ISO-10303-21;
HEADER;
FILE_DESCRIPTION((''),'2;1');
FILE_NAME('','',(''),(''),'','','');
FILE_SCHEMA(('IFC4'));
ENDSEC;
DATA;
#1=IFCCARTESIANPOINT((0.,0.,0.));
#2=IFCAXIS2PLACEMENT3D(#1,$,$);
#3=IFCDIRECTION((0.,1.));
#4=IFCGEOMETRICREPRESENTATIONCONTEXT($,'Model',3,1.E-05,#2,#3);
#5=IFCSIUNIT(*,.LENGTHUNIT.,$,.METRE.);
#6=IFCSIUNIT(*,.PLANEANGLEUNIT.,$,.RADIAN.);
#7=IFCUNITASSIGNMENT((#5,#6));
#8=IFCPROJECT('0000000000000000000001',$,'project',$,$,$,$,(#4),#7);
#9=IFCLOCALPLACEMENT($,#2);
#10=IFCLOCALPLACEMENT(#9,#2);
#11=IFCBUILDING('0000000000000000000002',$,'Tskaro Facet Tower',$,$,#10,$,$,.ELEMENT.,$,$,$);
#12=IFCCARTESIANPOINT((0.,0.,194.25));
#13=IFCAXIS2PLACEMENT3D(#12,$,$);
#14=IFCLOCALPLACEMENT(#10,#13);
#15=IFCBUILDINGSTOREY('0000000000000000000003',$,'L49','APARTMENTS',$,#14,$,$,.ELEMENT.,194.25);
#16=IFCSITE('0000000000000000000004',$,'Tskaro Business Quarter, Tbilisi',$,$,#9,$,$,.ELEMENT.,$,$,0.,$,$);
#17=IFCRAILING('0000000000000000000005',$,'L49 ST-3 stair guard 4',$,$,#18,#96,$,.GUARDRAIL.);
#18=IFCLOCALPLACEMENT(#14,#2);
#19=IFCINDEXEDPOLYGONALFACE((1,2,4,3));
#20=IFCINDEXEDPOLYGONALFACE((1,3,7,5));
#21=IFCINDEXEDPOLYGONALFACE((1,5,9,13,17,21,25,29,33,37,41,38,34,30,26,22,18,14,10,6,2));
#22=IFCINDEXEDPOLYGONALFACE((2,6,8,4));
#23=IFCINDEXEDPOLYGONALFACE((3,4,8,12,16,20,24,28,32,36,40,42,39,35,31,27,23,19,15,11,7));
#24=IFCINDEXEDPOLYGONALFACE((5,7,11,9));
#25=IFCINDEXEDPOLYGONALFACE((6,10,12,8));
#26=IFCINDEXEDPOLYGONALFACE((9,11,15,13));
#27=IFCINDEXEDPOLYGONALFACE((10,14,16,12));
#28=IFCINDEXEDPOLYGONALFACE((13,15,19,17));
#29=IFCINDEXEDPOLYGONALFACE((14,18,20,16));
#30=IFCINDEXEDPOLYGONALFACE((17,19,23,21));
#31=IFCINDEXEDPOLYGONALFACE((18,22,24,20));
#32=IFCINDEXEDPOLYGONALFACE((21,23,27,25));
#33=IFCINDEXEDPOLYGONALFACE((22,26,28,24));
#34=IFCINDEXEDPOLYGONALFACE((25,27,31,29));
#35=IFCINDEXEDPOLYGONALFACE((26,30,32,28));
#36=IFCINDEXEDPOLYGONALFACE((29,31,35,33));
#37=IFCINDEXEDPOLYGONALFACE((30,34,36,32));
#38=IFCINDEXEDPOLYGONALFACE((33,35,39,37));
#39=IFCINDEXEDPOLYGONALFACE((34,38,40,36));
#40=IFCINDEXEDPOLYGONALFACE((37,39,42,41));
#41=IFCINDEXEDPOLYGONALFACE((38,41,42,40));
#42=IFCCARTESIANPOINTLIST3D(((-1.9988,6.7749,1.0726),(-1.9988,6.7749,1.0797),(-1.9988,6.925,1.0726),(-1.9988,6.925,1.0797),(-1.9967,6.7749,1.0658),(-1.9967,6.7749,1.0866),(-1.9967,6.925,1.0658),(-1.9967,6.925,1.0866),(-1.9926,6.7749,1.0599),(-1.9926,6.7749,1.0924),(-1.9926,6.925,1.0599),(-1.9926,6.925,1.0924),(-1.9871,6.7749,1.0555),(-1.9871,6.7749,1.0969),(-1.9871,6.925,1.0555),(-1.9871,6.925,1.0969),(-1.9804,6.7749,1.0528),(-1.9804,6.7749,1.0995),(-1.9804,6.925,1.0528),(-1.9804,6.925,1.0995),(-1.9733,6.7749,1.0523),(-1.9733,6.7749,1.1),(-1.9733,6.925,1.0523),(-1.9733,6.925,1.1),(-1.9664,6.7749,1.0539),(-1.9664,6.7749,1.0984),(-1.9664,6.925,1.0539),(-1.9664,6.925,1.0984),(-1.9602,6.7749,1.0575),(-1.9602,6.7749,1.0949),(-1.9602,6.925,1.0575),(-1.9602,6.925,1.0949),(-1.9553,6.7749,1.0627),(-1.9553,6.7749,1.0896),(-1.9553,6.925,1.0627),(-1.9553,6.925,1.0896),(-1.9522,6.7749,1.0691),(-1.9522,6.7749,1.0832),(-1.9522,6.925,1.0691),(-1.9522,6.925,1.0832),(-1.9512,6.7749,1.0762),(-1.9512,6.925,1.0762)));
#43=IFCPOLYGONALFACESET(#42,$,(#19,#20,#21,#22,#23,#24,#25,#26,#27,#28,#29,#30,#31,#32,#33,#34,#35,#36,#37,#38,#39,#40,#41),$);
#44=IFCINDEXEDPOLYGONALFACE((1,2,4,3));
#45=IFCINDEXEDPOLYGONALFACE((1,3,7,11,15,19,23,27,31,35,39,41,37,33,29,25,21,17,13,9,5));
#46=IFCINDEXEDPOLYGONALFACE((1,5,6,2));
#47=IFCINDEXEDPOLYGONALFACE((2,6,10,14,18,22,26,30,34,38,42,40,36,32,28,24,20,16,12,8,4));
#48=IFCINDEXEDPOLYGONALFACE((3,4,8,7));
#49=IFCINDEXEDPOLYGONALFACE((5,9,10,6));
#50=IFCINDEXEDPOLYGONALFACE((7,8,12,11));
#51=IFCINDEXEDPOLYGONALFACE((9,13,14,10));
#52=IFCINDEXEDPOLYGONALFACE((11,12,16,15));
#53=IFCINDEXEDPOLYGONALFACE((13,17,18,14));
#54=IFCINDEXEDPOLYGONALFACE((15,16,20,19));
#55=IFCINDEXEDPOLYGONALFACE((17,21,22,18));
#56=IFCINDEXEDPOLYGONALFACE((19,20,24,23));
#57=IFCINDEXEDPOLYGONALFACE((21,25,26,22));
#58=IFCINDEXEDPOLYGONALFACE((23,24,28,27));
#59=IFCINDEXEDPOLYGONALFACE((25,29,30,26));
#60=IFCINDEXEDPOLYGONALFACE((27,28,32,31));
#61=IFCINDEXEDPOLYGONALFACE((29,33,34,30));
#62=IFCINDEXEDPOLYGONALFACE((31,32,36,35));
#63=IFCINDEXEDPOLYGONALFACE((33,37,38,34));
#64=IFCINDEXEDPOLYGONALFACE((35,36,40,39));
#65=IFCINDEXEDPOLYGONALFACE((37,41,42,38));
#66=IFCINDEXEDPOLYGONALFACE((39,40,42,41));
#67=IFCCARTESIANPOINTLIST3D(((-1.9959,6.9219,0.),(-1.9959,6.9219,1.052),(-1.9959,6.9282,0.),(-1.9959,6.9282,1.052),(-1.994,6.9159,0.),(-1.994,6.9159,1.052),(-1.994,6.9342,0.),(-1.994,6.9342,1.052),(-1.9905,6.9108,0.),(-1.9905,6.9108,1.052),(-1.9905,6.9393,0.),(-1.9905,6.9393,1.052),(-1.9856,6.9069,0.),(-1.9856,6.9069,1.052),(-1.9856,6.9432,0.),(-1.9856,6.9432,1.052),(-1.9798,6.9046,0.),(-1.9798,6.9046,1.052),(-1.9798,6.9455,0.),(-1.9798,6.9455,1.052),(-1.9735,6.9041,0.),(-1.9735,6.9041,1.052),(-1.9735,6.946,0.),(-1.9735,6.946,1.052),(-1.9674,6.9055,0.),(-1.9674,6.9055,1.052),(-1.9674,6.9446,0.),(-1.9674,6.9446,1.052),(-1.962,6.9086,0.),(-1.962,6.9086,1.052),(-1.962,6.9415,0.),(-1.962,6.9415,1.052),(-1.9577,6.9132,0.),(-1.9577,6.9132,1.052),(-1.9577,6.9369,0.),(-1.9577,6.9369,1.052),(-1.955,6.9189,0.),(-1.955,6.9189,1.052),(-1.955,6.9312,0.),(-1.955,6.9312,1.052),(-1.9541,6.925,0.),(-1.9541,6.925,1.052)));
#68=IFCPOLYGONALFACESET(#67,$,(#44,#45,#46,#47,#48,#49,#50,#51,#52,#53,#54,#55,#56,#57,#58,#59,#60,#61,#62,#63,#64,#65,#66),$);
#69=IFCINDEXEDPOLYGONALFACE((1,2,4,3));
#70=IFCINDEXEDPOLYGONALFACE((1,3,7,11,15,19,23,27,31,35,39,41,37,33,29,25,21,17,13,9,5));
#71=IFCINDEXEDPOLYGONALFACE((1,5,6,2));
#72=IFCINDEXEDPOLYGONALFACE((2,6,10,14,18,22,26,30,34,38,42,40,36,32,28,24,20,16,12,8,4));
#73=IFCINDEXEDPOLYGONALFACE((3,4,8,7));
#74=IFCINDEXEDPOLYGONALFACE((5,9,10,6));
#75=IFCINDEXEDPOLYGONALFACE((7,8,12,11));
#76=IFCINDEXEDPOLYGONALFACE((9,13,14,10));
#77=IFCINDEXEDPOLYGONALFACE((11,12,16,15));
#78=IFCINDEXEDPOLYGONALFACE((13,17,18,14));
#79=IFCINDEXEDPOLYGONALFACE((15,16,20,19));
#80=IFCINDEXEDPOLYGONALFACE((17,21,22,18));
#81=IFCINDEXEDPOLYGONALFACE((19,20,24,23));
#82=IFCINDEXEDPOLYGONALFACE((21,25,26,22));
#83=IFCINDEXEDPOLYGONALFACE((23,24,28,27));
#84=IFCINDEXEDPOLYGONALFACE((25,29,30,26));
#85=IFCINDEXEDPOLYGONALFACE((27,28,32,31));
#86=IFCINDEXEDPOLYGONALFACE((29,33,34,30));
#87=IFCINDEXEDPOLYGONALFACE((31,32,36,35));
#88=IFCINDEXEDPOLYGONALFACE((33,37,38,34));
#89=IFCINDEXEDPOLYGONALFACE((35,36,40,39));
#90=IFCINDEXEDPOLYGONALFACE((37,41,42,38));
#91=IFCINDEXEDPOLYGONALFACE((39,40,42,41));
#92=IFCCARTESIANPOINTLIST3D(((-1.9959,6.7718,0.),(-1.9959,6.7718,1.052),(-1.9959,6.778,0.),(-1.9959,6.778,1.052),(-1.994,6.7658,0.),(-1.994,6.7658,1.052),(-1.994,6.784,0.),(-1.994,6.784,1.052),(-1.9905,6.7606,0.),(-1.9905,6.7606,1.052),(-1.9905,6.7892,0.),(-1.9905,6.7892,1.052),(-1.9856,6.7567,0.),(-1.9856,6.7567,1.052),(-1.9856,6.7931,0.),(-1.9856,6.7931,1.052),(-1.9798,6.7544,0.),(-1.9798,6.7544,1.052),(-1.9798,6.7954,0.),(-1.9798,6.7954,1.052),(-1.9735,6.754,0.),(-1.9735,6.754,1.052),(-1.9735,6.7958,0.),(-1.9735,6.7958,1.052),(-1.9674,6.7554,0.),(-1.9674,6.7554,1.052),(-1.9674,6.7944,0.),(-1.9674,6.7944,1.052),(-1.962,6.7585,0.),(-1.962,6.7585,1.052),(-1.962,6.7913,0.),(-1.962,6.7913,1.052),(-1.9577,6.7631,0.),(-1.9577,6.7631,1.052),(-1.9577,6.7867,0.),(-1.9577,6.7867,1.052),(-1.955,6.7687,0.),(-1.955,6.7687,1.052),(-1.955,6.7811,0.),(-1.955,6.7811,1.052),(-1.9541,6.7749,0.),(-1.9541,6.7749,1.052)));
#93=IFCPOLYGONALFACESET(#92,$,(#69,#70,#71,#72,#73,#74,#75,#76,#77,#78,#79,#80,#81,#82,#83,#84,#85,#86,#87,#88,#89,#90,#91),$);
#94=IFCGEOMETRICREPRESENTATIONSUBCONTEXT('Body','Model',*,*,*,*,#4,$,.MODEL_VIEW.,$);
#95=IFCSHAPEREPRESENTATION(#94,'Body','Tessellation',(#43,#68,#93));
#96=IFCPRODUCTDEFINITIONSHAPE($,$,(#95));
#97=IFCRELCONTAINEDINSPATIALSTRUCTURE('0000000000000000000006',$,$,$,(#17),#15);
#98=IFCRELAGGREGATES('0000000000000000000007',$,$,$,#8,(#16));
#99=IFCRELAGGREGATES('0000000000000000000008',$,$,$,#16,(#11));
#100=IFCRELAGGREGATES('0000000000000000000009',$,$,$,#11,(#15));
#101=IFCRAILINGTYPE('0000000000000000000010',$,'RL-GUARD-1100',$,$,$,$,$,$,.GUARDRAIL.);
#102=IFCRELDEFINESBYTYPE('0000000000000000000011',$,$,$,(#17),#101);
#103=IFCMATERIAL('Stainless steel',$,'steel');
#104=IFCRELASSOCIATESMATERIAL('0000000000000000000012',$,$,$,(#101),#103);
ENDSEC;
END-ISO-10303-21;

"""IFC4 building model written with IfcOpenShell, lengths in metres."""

from ifc_helpers import new_model, si_unit, direction, frame, origin, origin_2d, place, context, subcontext, project, spatial, circle, extrude, material, type_object, element, save


model = new_model("IFC4")

# Units and contexts
model_context = context("Model", 3, precision=1e-05, world=origin(), true_north=direction((0.0, 1.0)))
body_context = subcontext(model_context, "Body", "Model", "MODEL_VIEW")
ifc_project = project(units=[si_unit("LENGTHUNIT", "METRE"), si_unit("PLANEANGLEUNIT", "RADIAN")], contexts=[model_context])

# Site, building, storey
site_placement = place(None, origin())
site = spatial("IfcSite", under=ifc_project, at=site_placement, Name="Tskaro Business Quarter, Tbilisi", CompositionType="ELEMENT", RefElevation=0.0)
building_placement = place(site_placement, origin())
building = spatial("IfcBuilding", under=site, at=building_placement, Name="Tskaro Facet Tower", CompositionType="ELEMENT")
storey_placement = place(building_placement, frame((0.0, 0.0, 194.25)))
storey = spatial("IfcBuildingStorey", under=building, at=storey_placement, Name="L49", Description="APARTMENTS", CompositionType="ELEMENT", Elevation=194.25)

# Railing
ifc_material_1 = material(Name="Stainless steel", Category="steel")
railing_type_1 = type_object("IfcRailingType", Name="RL-GUARD-1100", PredefinedType="GUARDRAIL", material=ifc_material_1)
railing_1_placement = place(storey_placement, frame((-1.9751, 6.925, 0.0)))
element("IfcRailing", 1, at=railing_1_placement, inside=storey, type_object=railing_type_1, Name="L49 ST-3 stair guard 4", PredefinedType="GUARDRAIL", context=body_context, shape_type="SweptSolid", body=[
    extrude(circle(Radius=0.0239, at=origin_2d()), frame((0.0, 0.0, 1.0762), z_axis=(0.0, -1.0, 0.0), x_axis=(1.0, 0.0, 0.0)), (0.0, 0.0, 1.0), 0.1501),
    extrude(circle(Radius=0.021, at=origin_2d()), origin(), (0.0, 0.0, 1.0), 1.052),
    extrude(circle(Radius=0.021, at=origin_2d()), frame((0.0, -0.1501, 0.0)), (0.0, 0.0, 1.0), 1.052),
])

save(model, "model.ifc")
